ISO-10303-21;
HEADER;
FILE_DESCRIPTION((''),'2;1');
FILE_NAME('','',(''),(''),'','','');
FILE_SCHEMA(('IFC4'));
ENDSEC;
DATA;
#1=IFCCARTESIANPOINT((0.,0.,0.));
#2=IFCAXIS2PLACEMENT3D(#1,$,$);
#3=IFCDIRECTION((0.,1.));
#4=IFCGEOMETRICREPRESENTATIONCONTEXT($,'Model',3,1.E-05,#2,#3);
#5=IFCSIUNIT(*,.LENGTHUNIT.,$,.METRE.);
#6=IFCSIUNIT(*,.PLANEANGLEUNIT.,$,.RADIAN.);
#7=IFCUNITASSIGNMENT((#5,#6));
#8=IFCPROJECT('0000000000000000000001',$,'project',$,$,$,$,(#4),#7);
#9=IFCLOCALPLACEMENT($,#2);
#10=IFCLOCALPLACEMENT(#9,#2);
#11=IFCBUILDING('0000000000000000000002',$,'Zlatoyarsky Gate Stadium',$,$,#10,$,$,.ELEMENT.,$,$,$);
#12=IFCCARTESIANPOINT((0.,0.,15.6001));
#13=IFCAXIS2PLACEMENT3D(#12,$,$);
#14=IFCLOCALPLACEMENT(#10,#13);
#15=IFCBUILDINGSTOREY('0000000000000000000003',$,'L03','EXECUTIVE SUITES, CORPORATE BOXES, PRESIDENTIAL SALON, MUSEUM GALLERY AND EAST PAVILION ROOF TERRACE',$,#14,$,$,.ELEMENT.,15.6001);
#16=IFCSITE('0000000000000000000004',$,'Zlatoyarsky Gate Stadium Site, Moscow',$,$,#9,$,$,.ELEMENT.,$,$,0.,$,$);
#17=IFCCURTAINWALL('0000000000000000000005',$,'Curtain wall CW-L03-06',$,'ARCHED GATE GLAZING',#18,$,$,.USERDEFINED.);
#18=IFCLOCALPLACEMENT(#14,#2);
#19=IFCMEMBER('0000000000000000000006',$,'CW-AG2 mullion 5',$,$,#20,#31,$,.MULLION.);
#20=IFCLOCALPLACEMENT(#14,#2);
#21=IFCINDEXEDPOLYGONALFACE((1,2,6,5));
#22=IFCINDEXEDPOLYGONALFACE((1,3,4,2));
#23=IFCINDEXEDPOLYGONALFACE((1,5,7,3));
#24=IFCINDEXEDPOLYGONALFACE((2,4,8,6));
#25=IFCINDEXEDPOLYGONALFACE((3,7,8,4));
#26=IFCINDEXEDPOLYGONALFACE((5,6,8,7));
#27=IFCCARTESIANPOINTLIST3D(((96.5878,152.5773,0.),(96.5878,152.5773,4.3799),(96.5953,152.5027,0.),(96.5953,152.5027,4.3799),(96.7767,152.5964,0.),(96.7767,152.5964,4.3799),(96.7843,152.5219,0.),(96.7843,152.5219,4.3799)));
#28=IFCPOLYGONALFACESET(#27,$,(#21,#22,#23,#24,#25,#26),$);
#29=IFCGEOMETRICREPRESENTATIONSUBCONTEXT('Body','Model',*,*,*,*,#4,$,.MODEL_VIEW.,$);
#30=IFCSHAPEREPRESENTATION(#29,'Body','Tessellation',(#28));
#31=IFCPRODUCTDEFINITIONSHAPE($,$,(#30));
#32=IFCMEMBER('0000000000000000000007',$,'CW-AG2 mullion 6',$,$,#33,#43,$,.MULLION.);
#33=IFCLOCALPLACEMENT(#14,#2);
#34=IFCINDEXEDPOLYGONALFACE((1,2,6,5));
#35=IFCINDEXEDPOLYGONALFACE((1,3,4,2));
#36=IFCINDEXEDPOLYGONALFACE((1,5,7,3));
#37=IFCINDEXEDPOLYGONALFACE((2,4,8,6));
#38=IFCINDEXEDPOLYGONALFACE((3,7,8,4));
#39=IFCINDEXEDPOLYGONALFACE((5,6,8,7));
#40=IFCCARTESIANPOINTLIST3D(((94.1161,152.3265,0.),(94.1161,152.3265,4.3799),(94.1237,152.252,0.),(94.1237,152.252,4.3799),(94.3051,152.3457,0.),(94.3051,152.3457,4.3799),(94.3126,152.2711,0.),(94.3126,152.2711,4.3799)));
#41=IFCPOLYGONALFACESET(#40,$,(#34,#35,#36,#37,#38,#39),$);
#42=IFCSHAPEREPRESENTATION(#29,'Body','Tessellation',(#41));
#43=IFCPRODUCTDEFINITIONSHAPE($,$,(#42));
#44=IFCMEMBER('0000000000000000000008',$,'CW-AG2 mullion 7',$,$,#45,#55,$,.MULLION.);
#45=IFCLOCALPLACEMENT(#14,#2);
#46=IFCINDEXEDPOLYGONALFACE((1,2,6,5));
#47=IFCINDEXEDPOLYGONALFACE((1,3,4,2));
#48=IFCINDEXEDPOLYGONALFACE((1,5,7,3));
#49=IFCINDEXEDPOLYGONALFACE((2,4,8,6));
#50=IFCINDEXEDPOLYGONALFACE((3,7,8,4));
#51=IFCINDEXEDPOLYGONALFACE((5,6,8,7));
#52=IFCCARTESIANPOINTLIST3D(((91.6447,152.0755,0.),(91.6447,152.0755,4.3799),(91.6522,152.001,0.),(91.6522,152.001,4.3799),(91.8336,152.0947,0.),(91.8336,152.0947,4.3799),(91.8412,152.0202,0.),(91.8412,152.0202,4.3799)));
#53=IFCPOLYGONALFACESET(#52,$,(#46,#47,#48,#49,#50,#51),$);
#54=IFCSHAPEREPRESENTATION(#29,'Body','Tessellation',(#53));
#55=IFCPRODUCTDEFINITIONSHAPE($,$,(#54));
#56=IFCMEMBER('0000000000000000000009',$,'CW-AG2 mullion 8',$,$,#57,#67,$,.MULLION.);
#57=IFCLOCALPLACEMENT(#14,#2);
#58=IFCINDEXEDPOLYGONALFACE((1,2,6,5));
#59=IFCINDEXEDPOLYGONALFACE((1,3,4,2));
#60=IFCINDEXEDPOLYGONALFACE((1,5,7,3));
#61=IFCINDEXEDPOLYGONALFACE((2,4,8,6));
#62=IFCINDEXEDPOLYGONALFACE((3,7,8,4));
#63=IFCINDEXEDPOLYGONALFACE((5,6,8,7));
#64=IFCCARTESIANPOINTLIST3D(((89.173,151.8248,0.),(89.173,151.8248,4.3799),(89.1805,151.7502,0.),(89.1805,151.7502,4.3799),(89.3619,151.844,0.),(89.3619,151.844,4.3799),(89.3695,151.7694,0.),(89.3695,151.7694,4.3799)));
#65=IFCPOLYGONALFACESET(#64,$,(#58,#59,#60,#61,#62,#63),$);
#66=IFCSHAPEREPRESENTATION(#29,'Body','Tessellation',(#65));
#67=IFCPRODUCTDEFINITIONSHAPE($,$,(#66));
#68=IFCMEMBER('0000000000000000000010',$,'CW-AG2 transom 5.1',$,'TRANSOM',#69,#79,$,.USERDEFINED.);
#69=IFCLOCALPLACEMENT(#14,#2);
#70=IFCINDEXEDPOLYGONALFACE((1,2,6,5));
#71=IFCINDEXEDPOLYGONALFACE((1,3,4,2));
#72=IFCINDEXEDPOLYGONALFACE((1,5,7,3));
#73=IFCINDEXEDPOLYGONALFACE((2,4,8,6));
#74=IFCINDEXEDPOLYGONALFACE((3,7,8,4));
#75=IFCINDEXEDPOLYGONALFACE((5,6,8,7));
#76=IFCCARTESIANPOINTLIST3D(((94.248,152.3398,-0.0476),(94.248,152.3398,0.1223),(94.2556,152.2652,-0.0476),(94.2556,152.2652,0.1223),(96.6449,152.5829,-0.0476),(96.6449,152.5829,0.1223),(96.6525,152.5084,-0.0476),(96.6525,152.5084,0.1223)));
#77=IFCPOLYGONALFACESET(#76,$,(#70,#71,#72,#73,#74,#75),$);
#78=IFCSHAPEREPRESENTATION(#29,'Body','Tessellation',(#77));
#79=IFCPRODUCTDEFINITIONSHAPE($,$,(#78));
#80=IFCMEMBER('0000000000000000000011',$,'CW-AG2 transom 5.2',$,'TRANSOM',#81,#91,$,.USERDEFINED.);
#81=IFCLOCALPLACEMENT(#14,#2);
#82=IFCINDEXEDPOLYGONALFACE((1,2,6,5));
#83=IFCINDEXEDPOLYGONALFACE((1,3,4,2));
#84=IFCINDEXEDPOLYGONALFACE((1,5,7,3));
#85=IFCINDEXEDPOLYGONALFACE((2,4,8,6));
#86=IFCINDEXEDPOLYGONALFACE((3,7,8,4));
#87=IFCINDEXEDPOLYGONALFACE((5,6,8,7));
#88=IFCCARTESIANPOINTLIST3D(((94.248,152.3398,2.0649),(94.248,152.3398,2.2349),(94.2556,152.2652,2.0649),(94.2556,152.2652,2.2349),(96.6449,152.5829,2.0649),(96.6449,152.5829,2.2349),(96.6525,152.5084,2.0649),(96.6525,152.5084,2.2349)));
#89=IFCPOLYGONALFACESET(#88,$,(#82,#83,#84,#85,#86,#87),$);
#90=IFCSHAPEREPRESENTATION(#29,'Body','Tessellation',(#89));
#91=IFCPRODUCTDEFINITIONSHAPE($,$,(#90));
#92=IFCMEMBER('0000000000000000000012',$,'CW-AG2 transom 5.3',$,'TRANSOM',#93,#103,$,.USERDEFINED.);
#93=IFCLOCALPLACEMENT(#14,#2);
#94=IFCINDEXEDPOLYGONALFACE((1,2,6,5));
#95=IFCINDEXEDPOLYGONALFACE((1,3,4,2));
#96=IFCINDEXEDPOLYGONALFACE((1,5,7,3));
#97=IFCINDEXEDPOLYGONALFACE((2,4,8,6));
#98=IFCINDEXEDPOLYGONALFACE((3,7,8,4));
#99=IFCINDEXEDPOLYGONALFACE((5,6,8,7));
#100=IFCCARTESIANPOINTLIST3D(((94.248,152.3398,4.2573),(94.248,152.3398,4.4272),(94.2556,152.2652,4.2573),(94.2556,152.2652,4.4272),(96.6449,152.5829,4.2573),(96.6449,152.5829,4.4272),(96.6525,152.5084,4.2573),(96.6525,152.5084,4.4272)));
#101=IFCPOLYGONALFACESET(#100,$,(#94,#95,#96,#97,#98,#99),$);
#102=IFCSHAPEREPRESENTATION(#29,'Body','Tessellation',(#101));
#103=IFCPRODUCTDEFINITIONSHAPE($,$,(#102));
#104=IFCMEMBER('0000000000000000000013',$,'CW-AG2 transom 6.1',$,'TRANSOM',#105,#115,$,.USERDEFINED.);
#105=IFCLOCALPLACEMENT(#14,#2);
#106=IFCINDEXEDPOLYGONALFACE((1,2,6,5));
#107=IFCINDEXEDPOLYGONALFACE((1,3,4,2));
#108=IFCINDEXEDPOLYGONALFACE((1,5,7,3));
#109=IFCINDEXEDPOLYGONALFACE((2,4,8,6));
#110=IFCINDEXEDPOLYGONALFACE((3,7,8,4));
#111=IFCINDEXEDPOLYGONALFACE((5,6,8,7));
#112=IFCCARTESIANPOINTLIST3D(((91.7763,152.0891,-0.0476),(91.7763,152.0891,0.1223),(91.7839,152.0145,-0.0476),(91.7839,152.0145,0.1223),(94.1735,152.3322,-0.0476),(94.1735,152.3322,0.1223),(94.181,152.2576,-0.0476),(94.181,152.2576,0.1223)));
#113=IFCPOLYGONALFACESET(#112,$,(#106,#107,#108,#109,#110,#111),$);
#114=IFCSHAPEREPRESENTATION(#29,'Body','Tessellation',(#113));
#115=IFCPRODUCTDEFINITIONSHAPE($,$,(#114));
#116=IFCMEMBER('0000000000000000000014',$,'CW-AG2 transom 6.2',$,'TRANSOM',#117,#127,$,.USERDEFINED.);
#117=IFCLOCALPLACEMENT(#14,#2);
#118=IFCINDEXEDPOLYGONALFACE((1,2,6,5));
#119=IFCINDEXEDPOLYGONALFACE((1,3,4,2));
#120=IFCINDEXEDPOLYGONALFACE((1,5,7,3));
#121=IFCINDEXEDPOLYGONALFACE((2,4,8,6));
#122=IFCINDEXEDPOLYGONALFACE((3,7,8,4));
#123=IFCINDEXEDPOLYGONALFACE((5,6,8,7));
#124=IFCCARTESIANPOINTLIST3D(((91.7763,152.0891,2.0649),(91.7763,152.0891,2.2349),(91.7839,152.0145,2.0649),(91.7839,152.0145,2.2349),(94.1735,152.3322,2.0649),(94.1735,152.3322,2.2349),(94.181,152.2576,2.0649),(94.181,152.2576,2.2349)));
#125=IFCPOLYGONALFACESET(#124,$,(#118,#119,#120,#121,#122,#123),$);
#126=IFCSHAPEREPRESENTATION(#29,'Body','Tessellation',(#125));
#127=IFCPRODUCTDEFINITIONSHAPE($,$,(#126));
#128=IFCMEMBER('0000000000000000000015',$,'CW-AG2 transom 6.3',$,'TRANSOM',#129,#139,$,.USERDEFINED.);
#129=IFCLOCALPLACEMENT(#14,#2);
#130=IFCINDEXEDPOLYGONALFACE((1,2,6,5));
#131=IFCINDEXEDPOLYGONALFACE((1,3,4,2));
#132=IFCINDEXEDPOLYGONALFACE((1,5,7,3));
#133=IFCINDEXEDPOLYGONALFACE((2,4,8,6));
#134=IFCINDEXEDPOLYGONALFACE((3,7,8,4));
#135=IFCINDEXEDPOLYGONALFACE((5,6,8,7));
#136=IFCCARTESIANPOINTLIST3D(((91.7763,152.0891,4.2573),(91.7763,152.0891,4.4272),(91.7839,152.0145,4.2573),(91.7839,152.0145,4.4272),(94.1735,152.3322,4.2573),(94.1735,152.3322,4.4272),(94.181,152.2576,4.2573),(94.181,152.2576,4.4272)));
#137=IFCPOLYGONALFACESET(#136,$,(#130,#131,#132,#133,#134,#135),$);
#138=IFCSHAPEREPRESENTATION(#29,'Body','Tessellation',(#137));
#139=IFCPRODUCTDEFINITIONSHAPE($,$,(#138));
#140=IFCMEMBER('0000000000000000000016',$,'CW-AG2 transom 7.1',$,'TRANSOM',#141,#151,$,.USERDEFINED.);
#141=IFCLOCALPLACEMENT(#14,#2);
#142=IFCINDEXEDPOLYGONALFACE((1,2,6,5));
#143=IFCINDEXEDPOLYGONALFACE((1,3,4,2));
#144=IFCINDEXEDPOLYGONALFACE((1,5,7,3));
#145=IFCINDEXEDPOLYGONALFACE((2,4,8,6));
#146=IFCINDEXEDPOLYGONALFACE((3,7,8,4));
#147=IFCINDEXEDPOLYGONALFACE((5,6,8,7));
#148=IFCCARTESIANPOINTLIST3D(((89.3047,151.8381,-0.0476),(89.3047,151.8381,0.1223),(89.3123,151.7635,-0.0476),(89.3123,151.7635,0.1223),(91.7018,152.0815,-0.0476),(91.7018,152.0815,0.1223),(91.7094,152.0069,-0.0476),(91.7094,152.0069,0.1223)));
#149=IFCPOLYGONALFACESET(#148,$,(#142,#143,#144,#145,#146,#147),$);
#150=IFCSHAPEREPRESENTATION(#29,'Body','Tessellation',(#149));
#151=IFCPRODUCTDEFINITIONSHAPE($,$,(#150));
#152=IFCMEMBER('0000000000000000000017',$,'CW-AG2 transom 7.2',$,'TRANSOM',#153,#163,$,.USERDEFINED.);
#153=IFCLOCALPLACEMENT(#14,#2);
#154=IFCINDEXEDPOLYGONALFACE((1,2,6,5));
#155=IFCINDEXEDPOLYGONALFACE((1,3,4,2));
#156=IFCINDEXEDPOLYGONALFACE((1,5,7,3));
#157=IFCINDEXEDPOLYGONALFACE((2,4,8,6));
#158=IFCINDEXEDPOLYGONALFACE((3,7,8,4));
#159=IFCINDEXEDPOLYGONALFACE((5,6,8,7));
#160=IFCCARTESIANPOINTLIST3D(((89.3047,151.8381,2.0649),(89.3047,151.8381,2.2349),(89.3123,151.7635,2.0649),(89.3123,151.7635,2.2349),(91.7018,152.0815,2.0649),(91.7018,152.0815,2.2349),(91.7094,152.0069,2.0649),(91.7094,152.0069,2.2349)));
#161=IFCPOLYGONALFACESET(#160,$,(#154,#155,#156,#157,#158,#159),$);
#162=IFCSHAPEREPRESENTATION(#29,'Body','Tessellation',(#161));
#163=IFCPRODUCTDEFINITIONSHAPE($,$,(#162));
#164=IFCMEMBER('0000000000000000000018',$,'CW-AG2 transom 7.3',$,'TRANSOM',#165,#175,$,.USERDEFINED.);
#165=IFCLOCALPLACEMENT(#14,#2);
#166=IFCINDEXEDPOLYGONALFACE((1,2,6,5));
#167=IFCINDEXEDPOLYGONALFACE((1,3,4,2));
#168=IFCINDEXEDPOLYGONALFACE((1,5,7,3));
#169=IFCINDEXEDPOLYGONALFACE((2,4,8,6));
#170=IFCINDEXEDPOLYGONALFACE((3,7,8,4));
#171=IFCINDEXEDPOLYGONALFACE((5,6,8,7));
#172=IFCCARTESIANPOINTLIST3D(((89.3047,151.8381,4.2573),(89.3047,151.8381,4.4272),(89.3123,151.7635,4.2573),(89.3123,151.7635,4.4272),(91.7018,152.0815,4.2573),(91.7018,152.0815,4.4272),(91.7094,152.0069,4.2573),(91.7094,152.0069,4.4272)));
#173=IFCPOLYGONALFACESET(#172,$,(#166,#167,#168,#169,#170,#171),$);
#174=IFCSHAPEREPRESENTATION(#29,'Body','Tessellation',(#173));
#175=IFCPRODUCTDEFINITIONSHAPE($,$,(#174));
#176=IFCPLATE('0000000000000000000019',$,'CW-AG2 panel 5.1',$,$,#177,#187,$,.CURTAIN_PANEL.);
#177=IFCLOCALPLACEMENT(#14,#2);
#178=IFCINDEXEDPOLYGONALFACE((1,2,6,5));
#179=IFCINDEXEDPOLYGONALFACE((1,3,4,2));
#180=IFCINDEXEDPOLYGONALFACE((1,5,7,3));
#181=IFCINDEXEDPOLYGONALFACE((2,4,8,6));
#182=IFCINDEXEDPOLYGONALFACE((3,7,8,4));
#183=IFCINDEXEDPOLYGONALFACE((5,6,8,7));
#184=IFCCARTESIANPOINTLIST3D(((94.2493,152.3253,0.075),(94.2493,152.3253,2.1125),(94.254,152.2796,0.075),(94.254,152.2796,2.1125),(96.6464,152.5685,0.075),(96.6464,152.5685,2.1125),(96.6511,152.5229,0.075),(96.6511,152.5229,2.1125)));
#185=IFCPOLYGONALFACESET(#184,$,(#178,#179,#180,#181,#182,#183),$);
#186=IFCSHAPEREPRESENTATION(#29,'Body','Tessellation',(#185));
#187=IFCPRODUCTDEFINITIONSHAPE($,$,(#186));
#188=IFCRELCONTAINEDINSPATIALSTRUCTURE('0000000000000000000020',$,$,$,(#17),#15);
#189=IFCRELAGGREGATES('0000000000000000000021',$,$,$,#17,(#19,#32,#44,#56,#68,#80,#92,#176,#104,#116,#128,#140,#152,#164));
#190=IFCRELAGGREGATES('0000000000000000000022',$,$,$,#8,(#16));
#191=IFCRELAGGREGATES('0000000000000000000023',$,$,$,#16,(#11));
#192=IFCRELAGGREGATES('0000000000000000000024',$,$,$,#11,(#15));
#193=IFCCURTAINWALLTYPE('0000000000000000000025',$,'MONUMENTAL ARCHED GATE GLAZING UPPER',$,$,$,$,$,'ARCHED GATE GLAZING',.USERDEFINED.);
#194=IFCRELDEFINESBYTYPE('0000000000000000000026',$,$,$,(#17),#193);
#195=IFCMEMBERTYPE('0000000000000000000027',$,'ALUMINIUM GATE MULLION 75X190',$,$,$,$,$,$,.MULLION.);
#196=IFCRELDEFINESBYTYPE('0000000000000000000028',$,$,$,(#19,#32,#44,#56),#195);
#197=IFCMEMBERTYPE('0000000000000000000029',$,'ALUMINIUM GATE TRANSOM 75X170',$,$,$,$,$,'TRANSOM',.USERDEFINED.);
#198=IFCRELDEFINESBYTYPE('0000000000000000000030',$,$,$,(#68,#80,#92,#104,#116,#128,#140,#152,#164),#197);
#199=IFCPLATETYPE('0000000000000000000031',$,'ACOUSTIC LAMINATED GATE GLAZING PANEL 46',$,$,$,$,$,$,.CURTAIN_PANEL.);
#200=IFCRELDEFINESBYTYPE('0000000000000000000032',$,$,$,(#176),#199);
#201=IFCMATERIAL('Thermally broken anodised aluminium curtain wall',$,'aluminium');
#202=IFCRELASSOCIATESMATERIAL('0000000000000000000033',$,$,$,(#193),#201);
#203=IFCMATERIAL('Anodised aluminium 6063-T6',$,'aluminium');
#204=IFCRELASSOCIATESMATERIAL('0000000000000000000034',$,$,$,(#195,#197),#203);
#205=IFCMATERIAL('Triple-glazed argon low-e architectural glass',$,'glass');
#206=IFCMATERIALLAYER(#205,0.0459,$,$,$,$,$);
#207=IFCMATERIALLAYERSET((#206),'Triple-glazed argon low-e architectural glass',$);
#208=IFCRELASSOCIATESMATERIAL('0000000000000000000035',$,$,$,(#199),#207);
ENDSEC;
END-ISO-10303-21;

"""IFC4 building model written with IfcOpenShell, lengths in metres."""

from ifc_helpers import new_model, si_unit, direction, frame, origin, origin_2d, place, context, subcontext, project, spatial, rectangle, extrude, material, layer, layer_set, material_profile, profile_set, type_object, element, aggregate, save


model = new_model("IFC4")

# Units and contexts
model_context = context("Model", 3, precision=1e-05, world=origin(), true_north=direction((0.0, 1.0)))
body_context = subcontext(model_context, "Body", "Model", "MODEL_VIEW")
ifc_project = project(units=[si_unit("LENGTHUNIT", "METRE"), si_unit("PLANEANGLEUNIT", "RADIAN")], contexts=[model_context])

# Site, building, storey
site_placement = place(None, origin())
site = spatial("IfcSite", under=ifc_project, at=site_placement, Name="Zlatoyarsky Gate Stadium Site, Moscow", CompositionType="ELEMENT", RefElevation=0.0)
building_placement = place(site_placement, origin())
building = spatial("IfcBuilding", under=site, at=building_placement, Name="Zlatoyarsky Gate Stadium", CompositionType="ELEMENT")
storey_placement = place(building_placement, frame((0.0, 0.0, 15.6001)))
storey = spatial("IfcBuildingStorey", under=building, at=storey_placement, Name="L03", Description="EXECUTIVE SUITES, CORPORATE BOXES, PRESIDENTIAL SALON, MUSEUM GALLERY AND EAST PAVILION ROOF TERRACE", CompositionType="ELEMENT", Elevation=15.6001)

# Curtain wall, members, plate
ifc_material_1 = material(Name="Thermally broken anodised aluminium curtain wall", Category="aluminium")
curtain_wall_type = type_object("IfcCurtainWallType", Name="MONUMENTAL ARCHED GATE GLAZING UPPER", ElementType="ARCHED GATE GLAZING", PredefinedType="USERDEFINED", material=ifc_material_1)
curtain_wall_placement = place(storey_placement, origin())
curtain_wall = element("IfcCurtainWall", 1, at=curtain_wall_placement, inside=storey, type_object=curtain_wall_type, Name="Curtain wall CW-L03-06", ObjectType="ARCHED GATE GLAZING", PredefinedType="USERDEFINED")
ifc_material_2 = material(Name="Anodised aluminium 6063-T6", Category="aluminium")
ifc_material_profile_1 = material_profile(ifc_material_2, rectangle(XDim=0.075, YDim=0.1899, at=origin_2d()), Name="ALU 75X190")
ifc_profile_set_1 = profile_set([ifc_material_profile_1], Name="Anodised aluminium 6063-T6")
member_type_1 = type_object("IfcMemberType", Name="ALUMINIUM GATE MULLION 75X190", PredefinedType="MULLION", material=ifc_profile_set_1)
member_1_placement = place(storey_placement, frame((96.686, 152.5496, 0.0), z_axis=(0.0, 0.0, 1.0), x_axis=(0.100967, -0.99489, 0.0)))
member_1 = element("IfcMember", 2, at=member_1_placement, type_object=member_type_1, Name="CW-AG2 mullion 5", PredefinedType="MULLION", context=body_context, shape_type="SweptSolid", body=[
    extrude(rectangle(XDim=0.075, YDim=0.1899, at=origin_2d()), origin(), (0.0, 0.0, 1.0), 4.3799),
])
member_2_placement = place(storey_placement, frame((94.2144, 152.2988, 0.0), z_axis=(0.0, 0.0, 1.0), x_axis=(0.100967, -0.99489, 0.0)))
member_2 = element("IfcMember", 3, at=member_2_placement, type_object=member_type_1, Name="CW-AG2 mullion 6", PredefinedType="MULLION", context=body_context, shape_type="SweptSolid", body=[
    extrude(rectangle(XDim=0.075, YDim=0.1899, at=origin_2d()), origin(), (0.0, 0.0, 1.0), 4.3799),
])
member_3_placement = place(storey_placement, frame((91.7429, 152.0479, 0.0), z_axis=(0.0, 0.0, 1.0), x_axis=(0.100967, -0.99489, 0.0)))
member_3 = element("IfcMember", 4, at=member_3_placement, type_object=member_type_1, Name="CW-AG2 mullion 7", PredefinedType="MULLION", context=body_context, shape_type="SweptSolid", body=[
    extrude(rectangle(XDim=0.075, YDim=0.1899, at=origin_2d()), origin(), (0.0, 0.0, 1.0), 4.3799),
])
member_4_placement = place(storey_placement, frame((89.2712, 151.7971, 0.0), z_axis=(0.0, 0.0, 1.0), x_axis=(0.100967, -0.99489, 0.0)))
member_4 = element("IfcMember", 5, at=member_4_placement, type_object=member_type_1, Name="CW-AG2 mullion 8", PredefinedType="MULLION", context=body_context, shape_type="SweptSolid", body=[
    extrude(rectangle(XDim=0.075, YDim=0.1899, at=origin_2d()), origin(), (0.0, 0.0, 1.0), 4.3799),
])
ifc_material_profile_2 = material_profile(ifc_material_2, rectangle(XDim=0.075, YDim=0.1699, at=origin_2d()), Name="ALU 75X170")
ifc_profile_set_2 = profile_set([ifc_material_profile_2], Name="Anodised aluminium 6063-T6")
member_type_2 = type_object("IfcMemberType", Name="ALUMINIUM GATE TRANSOM 75X170", ElementType="TRANSOM", PredefinedType="USERDEFINED", material=ifc_profile_set_2)
member_5_placement = place(storey_placement, frame((96.6487, 152.5457, 0.0374), z_axis=(-0.994894, -0.100928, 0.0), x_axis=(0.100928, -0.994894, 0.0)))
member_5 = element("IfcMember", 6, at=member_5_placement, type_object=member_type_2, Name="CW-AG2 transom 5.1", ObjectType="TRANSOM", PredefinedType="USERDEFINED", context=body_context, shape_type="SweptSolid", body=[
    extrude(rectangle(XDim=0.075, YDim=0.1699, at=origin_2d()), origin(), (0.0, 0.0, 1.0), 2.4092),
])
member_6_placement = place(storey_placement, frame((96.6487, 152.5457, 2.1499), z_axis=(-0.994894, -0.100928, 0.0), x_axis=(0.100928, -0.994894, 0.0)))
member_6 = element("IfcMember", 7, at=member_6_placement, type_object=member_type_2, Name="CW-AG2 transom 5.2", ObjectType="TRANSOM", PredefinedType="USERDEFINED", context=body_context, shape_type="SweptSolid", body=[
    extrude(rectangle(XDim=0.075, YDim=0.1699, at=origin_2d()), origin(), (0.0, 0.0, 1.0), 2.4092),
])
member_7_placement = place(storey_placement, frame((96.6487, 152.5457, 4.3423), z_axis=(-0.994894, -0.100928, 0.0), x_axis=(0.100928, -0.994894, 0.0)))
member_7 = element("IfcMember", 8, at=member_7_placement, type_object=member_type_2, Name="CW-AG2 transom 5.3", ObjectType="TRANSOM", PredefinedType="USERDEFINED", context=body_context, shape_type="SweptSolid", body=[
    extrude(rectangle(XDim=0.075, YDim=0.1699, at=origin_2d()), origin(), (0.0, 0.0, 1.0), 2.4092),
])
member_8_placement = place(storey_placement, frame((94.1772, 152.2949, 0.0374), z_axis=(-0.994895, -0.100918, 0.0), x_axis=(0.100918, -0.994895, 0.0)))
member_8 = element("IfcMember", 9, at=member_8_placement, type_object=member_type_2, Name="CW-AG2 transom 6.1", ObjectType="TRANSOM", PredefinedType="USERDEFINED", context=body_context, shape_type="SweptSolid", body=[
    extrude(rectangle(XDim=0.075, YDim=0.1699, at=origin_2d()), origin(), (0.0, 0.0, 1.0), 2.4094),
])
member_9_placement = place(storey_placement, frame((94.1772, 152.2949, 2.1499), z_axis=(-0.994895, -0.100918, 0.0), x_axis=(0.100918, -0.994895, 0.0)))
member_9 = element("IfcMember", 10, at=member_9_placement, type_object=member_type_2, Name="CW-AG2 transom 6.2", ObjectType="TRANSOM", PredefinedType="USERDEFINED", context=body_context, shape_type="SweptSolid", body=[
    extrude(rectangle(XDim=0.075, YDim=0.1699, at=origin_2d()), origin(), (0.0, 0.0, 1.0), 2.4094),
])
member_10_placement = place(storey_placement, frame((94.1772, 152.2949, 4.3423), z_axis=(-0.994895, -0.100918, 0.0), x_axis=(0.100918, -0.994895, 0.0)))
member_10 = element("IfcMember", 11, at=member_10_placement, type_object=member_type_2, Name="CW-AG2 transom 6.3", ObjectType="TRANSOM", PredefinedType="USERDEFINED", context=body_context, shape_type="SweptSolid", body=[
    extrude(rectangle(XDim=0.075, YDim=0.1699, at=origin_2d()), origin(), (0.0, 0.0, 1.0), 2.4094),
])
member_11_placement = place(storey_placement, frame((91.7056, 152.0442, 0.0374), z_axis=(-0.994885, -0.101018, 0.0), x_axis=(0.101018, -0.994885, 0.0)))
member_11 = element("IfcMember", 12, at=member_11_placement, type_object=member_type_2, Name="CW-AG2 transom 7.1", ObjectType="TRANSOM", PredefinedType="USERDEFINED", context=body_context, shape_type="SweptSolid", body=[
    extrude(rectangle(XDim=0.075, YDim=0.1699, at=origin_2d()), origin(), (0.0, 0.0, 1.0), 2.4094),
])
member_12_placement = place(storey_placement, frame((91.7056, 152.0442, 2.1499), z_axis=(-0.994885, -0.101018, 0.0), x_axis=(0.101018, -0.994885, 0.0)))
member_12 = element("IfcMember", 13, at=member_12_placement, type_object=member_type_2, Name="CW-AG2 transom 7.2", ObjectType="TRANSOM", PredefinedType="USERDEFINED", context=body_context, shape_type="SweptSolid", body=[
    extrude(rectangle(XDim=0.075, YDim=0.1699, at=origin_2d()), origin(), (0.0, 0.0, 1.0), 2.4094),
])
member_13_placement = place(storey_placement, frame((91.7056, 152.0442, 4.3423), z_axis=(-0.994885, -0.101018, 0.0), x_axis=(0.101018, -0.994885, 0.0)))
member_13 = element("IfcMember", 14, at=member_13_placement, type_object=member_type_2, Name="CW-AG2 transom 7.3", ObjectType="TRANSOM", PredefinedType="USERDEFINED", context=body_context, shape_type="SweptSolid", body=[
    extrude(rectangle(XDim=0.075, YDim=0.1699, at=origin_2d()), origin(), (0.0, 0.0, 1.0), 2.4094),
])
ifc_material_3 = material(Name="Triple-glazed argon low-e architectural glass", Category="glass")
ifc_layer_1 = layer(ifc_material_3, 0.0459)
ifc_layer_set_1 = layer_set([ifc_layer_1], Name="Triple-glazed argon low-e architectural glass")
plate_type = type_object("IfcPlateType", Name="ACOUSTIC LAMINATED GATE GLAZING PANEL 46", PredefinedType="CURTAIN_PANEL", material=ifc_layer_set_1)
plate_1_placement = place(storey_placement, frame((95.4502, 152.4241, 0.075), z_axis=(0.0, 0.0, 1.0), x_axis=(-0.99489, -0.100967, 0.0)))
plate_1 = element("IfcPlate", 15, at=plate_1_placement, type_object=plate_type, Name="CW-AG2 panel 5.1", PredefinedType="CURTAIN_PANEL", context=body_context, shape_type="SweptSolid", body=[
    extrude(rectangle(XDim=2.4094, YDim=0.0459, at=origin_2d()), origin(), (0.0, 0.0, 1.0), 2.0376),
])
aggregate(curtain_wall, [member_1, member_2, member_3, member_4, member_5, member_6, member_7, plate_1, member_8, member_9, member_10, member_11, member_12, member_13])

save(model, "model.ifc")
